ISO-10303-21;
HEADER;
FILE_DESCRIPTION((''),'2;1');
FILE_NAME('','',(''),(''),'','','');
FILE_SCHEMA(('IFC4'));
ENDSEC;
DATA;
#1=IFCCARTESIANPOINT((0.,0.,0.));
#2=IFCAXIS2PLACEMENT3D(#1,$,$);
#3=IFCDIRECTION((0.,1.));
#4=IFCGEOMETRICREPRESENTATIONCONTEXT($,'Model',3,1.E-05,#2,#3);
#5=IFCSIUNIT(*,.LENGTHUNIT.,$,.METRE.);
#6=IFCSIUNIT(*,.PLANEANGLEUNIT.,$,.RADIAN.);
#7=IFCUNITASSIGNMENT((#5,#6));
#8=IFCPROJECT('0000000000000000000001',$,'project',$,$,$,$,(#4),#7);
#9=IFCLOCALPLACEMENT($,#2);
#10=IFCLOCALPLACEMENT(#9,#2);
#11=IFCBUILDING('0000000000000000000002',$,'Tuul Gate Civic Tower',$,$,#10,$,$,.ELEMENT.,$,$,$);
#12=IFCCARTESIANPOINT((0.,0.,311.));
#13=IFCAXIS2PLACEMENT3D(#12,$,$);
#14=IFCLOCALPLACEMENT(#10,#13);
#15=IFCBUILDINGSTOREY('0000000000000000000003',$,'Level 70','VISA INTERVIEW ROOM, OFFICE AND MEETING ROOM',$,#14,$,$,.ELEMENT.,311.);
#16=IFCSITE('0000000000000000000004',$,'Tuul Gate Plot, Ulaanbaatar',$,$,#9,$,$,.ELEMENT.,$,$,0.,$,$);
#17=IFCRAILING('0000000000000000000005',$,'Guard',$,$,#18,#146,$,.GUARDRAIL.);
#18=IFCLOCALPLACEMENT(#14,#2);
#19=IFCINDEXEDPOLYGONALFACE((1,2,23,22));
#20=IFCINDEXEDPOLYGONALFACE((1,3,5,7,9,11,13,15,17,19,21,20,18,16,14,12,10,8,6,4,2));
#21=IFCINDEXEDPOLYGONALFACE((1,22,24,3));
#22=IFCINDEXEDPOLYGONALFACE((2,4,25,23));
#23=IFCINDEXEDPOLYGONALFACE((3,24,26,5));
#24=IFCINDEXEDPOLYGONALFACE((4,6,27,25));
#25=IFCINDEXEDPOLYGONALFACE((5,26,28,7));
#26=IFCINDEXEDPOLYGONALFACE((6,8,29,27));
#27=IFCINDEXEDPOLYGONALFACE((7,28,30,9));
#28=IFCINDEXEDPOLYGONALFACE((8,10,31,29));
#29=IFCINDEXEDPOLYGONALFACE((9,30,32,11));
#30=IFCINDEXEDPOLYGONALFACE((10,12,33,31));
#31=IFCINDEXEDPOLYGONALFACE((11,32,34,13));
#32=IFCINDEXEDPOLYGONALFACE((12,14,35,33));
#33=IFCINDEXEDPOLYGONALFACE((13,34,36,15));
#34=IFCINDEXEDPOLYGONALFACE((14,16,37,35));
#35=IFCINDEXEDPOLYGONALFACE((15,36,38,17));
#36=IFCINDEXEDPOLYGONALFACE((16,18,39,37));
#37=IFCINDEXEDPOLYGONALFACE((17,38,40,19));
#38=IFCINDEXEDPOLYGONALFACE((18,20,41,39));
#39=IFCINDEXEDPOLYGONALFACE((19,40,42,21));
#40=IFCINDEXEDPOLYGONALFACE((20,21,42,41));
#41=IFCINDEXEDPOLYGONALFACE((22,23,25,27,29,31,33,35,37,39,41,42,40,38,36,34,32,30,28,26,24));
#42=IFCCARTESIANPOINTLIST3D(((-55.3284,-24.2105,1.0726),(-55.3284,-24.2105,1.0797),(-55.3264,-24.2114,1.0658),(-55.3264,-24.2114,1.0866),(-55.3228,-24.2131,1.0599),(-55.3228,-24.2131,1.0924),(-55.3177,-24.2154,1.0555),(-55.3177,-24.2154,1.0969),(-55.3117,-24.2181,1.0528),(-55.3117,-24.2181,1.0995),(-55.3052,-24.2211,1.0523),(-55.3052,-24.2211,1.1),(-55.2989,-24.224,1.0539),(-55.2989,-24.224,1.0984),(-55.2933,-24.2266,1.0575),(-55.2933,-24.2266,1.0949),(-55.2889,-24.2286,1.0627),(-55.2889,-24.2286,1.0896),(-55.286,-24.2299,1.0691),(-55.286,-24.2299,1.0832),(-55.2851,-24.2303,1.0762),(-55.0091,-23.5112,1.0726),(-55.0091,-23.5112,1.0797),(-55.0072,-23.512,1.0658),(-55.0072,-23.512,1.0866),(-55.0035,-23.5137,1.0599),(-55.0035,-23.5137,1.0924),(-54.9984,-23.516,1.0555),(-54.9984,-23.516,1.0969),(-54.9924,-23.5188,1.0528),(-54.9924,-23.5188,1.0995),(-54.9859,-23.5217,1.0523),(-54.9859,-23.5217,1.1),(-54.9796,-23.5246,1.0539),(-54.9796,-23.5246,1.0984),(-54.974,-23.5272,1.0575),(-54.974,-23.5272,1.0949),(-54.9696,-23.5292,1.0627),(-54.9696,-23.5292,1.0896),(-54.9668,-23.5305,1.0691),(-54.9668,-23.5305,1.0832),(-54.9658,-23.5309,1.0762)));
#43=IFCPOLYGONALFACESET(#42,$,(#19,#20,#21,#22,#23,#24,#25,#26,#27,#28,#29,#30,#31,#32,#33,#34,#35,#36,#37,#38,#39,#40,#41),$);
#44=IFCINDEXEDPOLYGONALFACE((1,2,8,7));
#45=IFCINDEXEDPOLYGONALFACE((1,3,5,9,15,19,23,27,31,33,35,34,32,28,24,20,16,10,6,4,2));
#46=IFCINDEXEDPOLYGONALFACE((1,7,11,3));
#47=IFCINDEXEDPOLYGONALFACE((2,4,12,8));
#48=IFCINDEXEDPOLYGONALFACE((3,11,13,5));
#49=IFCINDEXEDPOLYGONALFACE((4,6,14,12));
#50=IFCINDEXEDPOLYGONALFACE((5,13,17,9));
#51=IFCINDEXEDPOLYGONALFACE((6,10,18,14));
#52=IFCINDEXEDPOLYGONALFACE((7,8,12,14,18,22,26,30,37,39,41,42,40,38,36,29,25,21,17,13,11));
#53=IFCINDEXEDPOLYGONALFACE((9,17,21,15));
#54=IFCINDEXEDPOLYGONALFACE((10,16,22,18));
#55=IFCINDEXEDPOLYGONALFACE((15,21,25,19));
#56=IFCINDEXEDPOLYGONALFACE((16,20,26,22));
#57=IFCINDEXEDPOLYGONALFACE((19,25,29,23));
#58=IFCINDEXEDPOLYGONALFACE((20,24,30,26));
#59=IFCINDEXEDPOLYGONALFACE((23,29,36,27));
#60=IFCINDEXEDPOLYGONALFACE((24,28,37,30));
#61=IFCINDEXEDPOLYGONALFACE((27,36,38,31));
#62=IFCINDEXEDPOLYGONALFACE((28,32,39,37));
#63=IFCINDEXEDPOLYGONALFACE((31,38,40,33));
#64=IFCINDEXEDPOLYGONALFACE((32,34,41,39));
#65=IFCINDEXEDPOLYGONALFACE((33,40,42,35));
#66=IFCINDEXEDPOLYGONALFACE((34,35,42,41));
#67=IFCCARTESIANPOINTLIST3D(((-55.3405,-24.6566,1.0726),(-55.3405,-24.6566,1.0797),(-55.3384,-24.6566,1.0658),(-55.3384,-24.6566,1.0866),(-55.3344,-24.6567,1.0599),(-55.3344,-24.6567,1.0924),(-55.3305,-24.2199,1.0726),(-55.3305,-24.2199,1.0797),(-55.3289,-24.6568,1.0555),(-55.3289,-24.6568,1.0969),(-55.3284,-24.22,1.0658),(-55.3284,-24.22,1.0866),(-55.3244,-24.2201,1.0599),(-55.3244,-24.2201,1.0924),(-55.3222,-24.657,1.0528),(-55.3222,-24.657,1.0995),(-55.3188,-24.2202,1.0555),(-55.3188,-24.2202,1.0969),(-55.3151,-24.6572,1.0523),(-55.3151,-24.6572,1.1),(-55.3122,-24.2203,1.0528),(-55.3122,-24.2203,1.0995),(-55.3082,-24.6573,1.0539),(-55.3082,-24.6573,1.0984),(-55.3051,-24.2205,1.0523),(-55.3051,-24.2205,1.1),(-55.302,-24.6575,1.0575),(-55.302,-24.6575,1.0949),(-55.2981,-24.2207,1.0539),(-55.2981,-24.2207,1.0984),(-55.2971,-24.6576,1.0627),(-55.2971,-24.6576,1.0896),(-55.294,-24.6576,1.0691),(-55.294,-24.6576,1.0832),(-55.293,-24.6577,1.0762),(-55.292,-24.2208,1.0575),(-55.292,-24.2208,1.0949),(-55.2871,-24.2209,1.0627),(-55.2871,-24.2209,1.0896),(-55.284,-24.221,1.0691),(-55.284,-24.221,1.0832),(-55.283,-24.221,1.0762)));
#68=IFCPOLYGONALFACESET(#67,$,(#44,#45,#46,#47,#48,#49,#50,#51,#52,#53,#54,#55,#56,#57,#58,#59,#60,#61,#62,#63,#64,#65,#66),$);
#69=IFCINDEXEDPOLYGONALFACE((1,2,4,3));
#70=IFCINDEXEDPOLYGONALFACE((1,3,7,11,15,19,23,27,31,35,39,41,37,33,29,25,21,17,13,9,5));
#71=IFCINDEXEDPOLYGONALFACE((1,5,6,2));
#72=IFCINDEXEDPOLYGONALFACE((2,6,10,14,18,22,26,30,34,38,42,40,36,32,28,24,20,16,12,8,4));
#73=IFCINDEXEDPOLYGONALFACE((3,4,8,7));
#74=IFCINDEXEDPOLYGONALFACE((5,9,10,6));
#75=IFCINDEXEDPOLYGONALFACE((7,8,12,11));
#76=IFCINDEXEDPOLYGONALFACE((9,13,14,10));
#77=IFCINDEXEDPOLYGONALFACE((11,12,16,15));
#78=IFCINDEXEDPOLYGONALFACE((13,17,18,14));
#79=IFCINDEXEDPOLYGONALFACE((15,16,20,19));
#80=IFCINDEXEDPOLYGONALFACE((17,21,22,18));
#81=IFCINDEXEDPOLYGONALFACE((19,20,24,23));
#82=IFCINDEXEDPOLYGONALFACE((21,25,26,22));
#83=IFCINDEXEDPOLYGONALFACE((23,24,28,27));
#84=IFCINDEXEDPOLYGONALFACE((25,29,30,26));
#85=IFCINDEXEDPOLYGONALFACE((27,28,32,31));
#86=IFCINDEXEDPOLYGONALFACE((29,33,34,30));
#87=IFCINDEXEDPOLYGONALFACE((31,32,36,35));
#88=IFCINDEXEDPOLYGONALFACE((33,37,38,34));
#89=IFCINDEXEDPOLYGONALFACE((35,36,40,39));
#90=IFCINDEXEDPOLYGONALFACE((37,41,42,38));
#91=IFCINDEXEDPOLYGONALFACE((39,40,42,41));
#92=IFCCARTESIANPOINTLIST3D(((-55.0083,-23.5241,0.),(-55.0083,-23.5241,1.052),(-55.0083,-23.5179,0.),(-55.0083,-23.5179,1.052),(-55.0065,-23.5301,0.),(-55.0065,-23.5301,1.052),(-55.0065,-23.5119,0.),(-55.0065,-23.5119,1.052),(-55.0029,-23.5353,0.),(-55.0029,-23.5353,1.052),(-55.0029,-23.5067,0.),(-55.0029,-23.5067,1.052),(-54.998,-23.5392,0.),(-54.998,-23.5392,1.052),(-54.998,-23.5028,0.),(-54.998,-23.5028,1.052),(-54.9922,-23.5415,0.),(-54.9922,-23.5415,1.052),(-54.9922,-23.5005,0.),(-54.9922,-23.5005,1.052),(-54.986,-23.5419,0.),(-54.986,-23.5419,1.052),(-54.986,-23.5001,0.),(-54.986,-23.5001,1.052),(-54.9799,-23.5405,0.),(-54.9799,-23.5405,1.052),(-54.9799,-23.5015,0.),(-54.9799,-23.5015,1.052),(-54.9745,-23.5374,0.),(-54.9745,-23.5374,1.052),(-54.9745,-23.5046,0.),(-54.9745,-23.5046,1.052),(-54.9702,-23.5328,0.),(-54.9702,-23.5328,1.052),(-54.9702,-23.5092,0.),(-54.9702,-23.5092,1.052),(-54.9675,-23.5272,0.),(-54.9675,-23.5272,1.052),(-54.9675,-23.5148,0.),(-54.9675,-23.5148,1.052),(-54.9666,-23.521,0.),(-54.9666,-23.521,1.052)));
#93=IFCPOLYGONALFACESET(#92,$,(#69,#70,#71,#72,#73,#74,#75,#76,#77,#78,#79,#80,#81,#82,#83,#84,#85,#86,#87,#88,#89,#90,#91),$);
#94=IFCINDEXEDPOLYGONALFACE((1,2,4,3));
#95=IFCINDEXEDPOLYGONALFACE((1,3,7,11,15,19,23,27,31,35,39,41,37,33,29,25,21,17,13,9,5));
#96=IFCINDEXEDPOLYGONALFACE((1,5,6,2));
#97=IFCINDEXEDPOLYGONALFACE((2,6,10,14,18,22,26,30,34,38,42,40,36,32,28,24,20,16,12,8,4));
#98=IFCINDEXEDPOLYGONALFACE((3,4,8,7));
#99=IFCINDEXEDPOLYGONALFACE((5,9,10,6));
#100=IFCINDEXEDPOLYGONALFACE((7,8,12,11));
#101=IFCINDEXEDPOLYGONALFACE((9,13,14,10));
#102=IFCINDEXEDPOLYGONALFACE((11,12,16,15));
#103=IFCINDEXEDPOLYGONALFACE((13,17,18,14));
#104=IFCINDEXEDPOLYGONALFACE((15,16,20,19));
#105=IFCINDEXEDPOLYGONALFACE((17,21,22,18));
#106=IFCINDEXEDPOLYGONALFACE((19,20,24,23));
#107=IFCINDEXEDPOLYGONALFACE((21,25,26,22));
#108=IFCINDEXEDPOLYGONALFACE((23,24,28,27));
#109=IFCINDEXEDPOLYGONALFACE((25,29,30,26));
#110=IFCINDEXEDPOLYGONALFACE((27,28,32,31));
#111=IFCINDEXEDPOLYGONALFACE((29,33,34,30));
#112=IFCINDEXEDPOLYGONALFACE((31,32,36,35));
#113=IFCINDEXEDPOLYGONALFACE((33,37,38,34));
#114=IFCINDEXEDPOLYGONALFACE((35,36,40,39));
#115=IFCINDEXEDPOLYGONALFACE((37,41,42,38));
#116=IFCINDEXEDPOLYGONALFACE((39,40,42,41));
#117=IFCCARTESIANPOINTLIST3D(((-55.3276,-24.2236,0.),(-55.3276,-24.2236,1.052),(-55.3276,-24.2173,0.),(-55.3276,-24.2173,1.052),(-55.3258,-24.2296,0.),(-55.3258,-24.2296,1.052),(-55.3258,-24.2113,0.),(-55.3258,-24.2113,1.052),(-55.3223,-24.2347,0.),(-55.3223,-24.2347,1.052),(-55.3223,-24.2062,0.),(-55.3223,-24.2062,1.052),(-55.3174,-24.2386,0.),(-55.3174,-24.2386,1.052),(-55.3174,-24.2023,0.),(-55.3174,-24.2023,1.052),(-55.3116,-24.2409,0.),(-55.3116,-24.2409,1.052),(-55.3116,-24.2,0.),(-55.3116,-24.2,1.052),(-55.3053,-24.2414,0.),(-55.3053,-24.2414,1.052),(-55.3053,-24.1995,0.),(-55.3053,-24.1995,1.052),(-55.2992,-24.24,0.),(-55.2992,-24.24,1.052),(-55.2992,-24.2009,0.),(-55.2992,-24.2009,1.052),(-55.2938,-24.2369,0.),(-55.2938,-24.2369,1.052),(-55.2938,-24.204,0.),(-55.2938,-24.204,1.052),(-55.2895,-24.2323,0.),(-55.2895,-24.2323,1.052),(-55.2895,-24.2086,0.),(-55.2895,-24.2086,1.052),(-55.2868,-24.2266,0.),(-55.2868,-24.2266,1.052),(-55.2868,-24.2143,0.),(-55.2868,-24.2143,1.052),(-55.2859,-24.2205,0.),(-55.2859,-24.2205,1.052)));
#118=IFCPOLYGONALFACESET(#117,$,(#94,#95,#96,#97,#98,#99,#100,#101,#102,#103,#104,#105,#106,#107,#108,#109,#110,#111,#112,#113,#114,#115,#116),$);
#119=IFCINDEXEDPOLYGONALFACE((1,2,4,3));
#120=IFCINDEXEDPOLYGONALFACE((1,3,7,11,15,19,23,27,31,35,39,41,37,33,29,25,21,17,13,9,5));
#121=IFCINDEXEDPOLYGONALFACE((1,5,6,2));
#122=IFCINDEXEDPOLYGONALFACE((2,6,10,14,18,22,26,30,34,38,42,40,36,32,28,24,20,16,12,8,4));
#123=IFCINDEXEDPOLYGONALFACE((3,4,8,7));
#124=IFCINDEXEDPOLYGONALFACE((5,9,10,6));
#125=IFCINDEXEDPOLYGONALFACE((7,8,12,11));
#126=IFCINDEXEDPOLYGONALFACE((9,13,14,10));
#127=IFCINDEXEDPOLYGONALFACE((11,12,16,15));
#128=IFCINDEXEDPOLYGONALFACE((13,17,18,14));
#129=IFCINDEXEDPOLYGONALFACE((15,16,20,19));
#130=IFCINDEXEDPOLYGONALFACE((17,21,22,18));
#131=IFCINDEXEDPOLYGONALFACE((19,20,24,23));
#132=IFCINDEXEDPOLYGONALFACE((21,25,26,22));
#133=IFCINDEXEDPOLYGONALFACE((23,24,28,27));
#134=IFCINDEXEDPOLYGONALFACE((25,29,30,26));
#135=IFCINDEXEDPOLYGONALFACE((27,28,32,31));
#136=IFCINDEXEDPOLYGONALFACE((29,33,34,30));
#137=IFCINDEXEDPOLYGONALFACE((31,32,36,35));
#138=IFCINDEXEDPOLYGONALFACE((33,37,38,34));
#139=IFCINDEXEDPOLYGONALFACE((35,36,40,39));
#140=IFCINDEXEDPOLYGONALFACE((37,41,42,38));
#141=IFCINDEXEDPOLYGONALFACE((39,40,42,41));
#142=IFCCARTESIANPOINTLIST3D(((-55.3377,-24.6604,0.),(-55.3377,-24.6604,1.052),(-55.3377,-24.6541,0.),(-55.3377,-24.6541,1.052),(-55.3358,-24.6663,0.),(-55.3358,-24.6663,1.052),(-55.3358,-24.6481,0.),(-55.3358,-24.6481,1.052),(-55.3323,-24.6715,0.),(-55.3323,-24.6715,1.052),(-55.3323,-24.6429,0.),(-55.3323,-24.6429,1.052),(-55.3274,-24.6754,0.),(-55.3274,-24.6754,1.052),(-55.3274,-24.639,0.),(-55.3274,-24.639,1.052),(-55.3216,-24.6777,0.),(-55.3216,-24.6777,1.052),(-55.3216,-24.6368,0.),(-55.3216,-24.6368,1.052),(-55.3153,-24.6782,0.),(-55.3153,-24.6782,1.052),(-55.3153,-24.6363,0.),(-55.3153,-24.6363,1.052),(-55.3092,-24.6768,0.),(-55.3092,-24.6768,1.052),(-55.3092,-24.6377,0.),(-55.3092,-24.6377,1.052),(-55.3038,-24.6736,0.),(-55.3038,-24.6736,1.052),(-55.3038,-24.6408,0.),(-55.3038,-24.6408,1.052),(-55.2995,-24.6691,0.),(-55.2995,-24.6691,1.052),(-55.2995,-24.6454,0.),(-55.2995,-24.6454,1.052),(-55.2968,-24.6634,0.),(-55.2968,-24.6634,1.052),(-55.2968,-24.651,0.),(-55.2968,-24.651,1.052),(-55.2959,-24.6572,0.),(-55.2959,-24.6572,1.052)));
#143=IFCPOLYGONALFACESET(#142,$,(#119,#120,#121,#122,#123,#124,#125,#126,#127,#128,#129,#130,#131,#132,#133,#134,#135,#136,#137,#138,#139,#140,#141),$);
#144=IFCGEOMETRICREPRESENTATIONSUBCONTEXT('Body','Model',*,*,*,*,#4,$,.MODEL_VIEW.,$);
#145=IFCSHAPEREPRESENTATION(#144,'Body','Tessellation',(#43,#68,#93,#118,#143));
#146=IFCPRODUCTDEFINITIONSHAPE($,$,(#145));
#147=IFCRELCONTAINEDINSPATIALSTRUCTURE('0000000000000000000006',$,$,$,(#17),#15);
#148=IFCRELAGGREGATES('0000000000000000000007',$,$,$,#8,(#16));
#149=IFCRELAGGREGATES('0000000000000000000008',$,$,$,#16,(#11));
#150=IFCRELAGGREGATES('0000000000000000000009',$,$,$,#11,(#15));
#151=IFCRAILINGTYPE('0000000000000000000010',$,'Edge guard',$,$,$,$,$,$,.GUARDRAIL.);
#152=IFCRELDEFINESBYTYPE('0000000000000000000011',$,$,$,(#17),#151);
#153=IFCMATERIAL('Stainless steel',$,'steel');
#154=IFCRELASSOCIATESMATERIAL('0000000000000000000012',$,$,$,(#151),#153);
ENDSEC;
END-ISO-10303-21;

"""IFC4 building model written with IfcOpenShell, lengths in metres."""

from ifc_helpers import new_model, si_unit, direction, frame, origin, origin_2d, place, context, subcontext, project, spatial, circle, extrude, material, type_object, element, save


model = new_model("IFC4")

# Units and contexts
model_context = context("Model", 3, precision=1e-05, world=origin(), true_north=direction((0.0, 1.0)))
body_context = subcontext(model_context, "Body", "Model", "MODEL_VIEW")
ifc_project = project(units=[si_unit("LENGTHUNIT", "METRE"), si_unit("PLANEANGLEUNIT", "RADIAN")], contexts=[model_context])

# Site, building, storey
site_placement = place(None, origin())
site = spatial("IfcSite", under=ifc_project, at=site_placement, Name="Tuul Gate Plot, Ulaanbaatar", CompositionType="ELEMENT", RefElevation=0.0)
building_placement = place(site_placement, origin())
building = spatial("IfcBuilding", under=site, at=building_placement, Name="Tuul Gate Civic Tower", CompositionType="ELEMENT")
storey_placement = place(building_placement, frame((0.0, 0.0, 311.0)))
storey = spatial("IfcBuildingStorey", under=building, at=storey_placement, Name="Level 70", Description="VISA INTERVIEW ROOM, OFFICE AND MEETING ROOM", CompositionType="ELEMENT", Elevation=311.0)

# Railing
ifc_material_1 = material(Name="Stainless steel", Category="steel")
railing_type = type_object("IfcRailingType", Name="Edge guard", PredefinedType="GUARDRAIL", material=ifc_material_1)
railing_1_placement = place(storey_placement, frame((-54.9875, -23.521, 0.0)))
element("IfcRailing", 1, at=railing_1_placement, inside=storey, type_object=railing_type, Name="Guard", PredefinedType="GUARDRAIL", context=body_context, shape_type="SweptSolid", body=[
    extrude(circle(Radius=0.0239, at=origin_2d()), frame((0.0, 0.0, 1.0762), z_axis=(-0.415309, -0.90968, 0.0), x_axis=(0.90968, -0.415309, 0.0)), (0.0, 0.0, 1.0), 0.7688),
    extrude(circle(Radius=0.0239, at=origin_2d()), frame((-0.3193, -0.6995, 1.0762), z_axis=(-0.022912, -0.999737, 0.0), x_axis=(0.999737, -0.022912, 0.0)), (0.0, 0.0, 1.0), 0.4368),
    extrude(circle(Radius=0.021, at=origin_2d()), origin(), (0.0, 0.0, 1.0), 1.052),
    extrude(circle(Radius=0.021, at=origin_2d()), frame((-0.3193, -0.6995, 0.0)), (0.0, 0.0, 1.0), 1.052),
    extrude(circle(Radius=0.021, at=origin_2d()), frame((-0.3293, -1.1362, 0.0)), (0.0, 0.0, 1.0), 1.052),
])

save(model, "model.ifc")
